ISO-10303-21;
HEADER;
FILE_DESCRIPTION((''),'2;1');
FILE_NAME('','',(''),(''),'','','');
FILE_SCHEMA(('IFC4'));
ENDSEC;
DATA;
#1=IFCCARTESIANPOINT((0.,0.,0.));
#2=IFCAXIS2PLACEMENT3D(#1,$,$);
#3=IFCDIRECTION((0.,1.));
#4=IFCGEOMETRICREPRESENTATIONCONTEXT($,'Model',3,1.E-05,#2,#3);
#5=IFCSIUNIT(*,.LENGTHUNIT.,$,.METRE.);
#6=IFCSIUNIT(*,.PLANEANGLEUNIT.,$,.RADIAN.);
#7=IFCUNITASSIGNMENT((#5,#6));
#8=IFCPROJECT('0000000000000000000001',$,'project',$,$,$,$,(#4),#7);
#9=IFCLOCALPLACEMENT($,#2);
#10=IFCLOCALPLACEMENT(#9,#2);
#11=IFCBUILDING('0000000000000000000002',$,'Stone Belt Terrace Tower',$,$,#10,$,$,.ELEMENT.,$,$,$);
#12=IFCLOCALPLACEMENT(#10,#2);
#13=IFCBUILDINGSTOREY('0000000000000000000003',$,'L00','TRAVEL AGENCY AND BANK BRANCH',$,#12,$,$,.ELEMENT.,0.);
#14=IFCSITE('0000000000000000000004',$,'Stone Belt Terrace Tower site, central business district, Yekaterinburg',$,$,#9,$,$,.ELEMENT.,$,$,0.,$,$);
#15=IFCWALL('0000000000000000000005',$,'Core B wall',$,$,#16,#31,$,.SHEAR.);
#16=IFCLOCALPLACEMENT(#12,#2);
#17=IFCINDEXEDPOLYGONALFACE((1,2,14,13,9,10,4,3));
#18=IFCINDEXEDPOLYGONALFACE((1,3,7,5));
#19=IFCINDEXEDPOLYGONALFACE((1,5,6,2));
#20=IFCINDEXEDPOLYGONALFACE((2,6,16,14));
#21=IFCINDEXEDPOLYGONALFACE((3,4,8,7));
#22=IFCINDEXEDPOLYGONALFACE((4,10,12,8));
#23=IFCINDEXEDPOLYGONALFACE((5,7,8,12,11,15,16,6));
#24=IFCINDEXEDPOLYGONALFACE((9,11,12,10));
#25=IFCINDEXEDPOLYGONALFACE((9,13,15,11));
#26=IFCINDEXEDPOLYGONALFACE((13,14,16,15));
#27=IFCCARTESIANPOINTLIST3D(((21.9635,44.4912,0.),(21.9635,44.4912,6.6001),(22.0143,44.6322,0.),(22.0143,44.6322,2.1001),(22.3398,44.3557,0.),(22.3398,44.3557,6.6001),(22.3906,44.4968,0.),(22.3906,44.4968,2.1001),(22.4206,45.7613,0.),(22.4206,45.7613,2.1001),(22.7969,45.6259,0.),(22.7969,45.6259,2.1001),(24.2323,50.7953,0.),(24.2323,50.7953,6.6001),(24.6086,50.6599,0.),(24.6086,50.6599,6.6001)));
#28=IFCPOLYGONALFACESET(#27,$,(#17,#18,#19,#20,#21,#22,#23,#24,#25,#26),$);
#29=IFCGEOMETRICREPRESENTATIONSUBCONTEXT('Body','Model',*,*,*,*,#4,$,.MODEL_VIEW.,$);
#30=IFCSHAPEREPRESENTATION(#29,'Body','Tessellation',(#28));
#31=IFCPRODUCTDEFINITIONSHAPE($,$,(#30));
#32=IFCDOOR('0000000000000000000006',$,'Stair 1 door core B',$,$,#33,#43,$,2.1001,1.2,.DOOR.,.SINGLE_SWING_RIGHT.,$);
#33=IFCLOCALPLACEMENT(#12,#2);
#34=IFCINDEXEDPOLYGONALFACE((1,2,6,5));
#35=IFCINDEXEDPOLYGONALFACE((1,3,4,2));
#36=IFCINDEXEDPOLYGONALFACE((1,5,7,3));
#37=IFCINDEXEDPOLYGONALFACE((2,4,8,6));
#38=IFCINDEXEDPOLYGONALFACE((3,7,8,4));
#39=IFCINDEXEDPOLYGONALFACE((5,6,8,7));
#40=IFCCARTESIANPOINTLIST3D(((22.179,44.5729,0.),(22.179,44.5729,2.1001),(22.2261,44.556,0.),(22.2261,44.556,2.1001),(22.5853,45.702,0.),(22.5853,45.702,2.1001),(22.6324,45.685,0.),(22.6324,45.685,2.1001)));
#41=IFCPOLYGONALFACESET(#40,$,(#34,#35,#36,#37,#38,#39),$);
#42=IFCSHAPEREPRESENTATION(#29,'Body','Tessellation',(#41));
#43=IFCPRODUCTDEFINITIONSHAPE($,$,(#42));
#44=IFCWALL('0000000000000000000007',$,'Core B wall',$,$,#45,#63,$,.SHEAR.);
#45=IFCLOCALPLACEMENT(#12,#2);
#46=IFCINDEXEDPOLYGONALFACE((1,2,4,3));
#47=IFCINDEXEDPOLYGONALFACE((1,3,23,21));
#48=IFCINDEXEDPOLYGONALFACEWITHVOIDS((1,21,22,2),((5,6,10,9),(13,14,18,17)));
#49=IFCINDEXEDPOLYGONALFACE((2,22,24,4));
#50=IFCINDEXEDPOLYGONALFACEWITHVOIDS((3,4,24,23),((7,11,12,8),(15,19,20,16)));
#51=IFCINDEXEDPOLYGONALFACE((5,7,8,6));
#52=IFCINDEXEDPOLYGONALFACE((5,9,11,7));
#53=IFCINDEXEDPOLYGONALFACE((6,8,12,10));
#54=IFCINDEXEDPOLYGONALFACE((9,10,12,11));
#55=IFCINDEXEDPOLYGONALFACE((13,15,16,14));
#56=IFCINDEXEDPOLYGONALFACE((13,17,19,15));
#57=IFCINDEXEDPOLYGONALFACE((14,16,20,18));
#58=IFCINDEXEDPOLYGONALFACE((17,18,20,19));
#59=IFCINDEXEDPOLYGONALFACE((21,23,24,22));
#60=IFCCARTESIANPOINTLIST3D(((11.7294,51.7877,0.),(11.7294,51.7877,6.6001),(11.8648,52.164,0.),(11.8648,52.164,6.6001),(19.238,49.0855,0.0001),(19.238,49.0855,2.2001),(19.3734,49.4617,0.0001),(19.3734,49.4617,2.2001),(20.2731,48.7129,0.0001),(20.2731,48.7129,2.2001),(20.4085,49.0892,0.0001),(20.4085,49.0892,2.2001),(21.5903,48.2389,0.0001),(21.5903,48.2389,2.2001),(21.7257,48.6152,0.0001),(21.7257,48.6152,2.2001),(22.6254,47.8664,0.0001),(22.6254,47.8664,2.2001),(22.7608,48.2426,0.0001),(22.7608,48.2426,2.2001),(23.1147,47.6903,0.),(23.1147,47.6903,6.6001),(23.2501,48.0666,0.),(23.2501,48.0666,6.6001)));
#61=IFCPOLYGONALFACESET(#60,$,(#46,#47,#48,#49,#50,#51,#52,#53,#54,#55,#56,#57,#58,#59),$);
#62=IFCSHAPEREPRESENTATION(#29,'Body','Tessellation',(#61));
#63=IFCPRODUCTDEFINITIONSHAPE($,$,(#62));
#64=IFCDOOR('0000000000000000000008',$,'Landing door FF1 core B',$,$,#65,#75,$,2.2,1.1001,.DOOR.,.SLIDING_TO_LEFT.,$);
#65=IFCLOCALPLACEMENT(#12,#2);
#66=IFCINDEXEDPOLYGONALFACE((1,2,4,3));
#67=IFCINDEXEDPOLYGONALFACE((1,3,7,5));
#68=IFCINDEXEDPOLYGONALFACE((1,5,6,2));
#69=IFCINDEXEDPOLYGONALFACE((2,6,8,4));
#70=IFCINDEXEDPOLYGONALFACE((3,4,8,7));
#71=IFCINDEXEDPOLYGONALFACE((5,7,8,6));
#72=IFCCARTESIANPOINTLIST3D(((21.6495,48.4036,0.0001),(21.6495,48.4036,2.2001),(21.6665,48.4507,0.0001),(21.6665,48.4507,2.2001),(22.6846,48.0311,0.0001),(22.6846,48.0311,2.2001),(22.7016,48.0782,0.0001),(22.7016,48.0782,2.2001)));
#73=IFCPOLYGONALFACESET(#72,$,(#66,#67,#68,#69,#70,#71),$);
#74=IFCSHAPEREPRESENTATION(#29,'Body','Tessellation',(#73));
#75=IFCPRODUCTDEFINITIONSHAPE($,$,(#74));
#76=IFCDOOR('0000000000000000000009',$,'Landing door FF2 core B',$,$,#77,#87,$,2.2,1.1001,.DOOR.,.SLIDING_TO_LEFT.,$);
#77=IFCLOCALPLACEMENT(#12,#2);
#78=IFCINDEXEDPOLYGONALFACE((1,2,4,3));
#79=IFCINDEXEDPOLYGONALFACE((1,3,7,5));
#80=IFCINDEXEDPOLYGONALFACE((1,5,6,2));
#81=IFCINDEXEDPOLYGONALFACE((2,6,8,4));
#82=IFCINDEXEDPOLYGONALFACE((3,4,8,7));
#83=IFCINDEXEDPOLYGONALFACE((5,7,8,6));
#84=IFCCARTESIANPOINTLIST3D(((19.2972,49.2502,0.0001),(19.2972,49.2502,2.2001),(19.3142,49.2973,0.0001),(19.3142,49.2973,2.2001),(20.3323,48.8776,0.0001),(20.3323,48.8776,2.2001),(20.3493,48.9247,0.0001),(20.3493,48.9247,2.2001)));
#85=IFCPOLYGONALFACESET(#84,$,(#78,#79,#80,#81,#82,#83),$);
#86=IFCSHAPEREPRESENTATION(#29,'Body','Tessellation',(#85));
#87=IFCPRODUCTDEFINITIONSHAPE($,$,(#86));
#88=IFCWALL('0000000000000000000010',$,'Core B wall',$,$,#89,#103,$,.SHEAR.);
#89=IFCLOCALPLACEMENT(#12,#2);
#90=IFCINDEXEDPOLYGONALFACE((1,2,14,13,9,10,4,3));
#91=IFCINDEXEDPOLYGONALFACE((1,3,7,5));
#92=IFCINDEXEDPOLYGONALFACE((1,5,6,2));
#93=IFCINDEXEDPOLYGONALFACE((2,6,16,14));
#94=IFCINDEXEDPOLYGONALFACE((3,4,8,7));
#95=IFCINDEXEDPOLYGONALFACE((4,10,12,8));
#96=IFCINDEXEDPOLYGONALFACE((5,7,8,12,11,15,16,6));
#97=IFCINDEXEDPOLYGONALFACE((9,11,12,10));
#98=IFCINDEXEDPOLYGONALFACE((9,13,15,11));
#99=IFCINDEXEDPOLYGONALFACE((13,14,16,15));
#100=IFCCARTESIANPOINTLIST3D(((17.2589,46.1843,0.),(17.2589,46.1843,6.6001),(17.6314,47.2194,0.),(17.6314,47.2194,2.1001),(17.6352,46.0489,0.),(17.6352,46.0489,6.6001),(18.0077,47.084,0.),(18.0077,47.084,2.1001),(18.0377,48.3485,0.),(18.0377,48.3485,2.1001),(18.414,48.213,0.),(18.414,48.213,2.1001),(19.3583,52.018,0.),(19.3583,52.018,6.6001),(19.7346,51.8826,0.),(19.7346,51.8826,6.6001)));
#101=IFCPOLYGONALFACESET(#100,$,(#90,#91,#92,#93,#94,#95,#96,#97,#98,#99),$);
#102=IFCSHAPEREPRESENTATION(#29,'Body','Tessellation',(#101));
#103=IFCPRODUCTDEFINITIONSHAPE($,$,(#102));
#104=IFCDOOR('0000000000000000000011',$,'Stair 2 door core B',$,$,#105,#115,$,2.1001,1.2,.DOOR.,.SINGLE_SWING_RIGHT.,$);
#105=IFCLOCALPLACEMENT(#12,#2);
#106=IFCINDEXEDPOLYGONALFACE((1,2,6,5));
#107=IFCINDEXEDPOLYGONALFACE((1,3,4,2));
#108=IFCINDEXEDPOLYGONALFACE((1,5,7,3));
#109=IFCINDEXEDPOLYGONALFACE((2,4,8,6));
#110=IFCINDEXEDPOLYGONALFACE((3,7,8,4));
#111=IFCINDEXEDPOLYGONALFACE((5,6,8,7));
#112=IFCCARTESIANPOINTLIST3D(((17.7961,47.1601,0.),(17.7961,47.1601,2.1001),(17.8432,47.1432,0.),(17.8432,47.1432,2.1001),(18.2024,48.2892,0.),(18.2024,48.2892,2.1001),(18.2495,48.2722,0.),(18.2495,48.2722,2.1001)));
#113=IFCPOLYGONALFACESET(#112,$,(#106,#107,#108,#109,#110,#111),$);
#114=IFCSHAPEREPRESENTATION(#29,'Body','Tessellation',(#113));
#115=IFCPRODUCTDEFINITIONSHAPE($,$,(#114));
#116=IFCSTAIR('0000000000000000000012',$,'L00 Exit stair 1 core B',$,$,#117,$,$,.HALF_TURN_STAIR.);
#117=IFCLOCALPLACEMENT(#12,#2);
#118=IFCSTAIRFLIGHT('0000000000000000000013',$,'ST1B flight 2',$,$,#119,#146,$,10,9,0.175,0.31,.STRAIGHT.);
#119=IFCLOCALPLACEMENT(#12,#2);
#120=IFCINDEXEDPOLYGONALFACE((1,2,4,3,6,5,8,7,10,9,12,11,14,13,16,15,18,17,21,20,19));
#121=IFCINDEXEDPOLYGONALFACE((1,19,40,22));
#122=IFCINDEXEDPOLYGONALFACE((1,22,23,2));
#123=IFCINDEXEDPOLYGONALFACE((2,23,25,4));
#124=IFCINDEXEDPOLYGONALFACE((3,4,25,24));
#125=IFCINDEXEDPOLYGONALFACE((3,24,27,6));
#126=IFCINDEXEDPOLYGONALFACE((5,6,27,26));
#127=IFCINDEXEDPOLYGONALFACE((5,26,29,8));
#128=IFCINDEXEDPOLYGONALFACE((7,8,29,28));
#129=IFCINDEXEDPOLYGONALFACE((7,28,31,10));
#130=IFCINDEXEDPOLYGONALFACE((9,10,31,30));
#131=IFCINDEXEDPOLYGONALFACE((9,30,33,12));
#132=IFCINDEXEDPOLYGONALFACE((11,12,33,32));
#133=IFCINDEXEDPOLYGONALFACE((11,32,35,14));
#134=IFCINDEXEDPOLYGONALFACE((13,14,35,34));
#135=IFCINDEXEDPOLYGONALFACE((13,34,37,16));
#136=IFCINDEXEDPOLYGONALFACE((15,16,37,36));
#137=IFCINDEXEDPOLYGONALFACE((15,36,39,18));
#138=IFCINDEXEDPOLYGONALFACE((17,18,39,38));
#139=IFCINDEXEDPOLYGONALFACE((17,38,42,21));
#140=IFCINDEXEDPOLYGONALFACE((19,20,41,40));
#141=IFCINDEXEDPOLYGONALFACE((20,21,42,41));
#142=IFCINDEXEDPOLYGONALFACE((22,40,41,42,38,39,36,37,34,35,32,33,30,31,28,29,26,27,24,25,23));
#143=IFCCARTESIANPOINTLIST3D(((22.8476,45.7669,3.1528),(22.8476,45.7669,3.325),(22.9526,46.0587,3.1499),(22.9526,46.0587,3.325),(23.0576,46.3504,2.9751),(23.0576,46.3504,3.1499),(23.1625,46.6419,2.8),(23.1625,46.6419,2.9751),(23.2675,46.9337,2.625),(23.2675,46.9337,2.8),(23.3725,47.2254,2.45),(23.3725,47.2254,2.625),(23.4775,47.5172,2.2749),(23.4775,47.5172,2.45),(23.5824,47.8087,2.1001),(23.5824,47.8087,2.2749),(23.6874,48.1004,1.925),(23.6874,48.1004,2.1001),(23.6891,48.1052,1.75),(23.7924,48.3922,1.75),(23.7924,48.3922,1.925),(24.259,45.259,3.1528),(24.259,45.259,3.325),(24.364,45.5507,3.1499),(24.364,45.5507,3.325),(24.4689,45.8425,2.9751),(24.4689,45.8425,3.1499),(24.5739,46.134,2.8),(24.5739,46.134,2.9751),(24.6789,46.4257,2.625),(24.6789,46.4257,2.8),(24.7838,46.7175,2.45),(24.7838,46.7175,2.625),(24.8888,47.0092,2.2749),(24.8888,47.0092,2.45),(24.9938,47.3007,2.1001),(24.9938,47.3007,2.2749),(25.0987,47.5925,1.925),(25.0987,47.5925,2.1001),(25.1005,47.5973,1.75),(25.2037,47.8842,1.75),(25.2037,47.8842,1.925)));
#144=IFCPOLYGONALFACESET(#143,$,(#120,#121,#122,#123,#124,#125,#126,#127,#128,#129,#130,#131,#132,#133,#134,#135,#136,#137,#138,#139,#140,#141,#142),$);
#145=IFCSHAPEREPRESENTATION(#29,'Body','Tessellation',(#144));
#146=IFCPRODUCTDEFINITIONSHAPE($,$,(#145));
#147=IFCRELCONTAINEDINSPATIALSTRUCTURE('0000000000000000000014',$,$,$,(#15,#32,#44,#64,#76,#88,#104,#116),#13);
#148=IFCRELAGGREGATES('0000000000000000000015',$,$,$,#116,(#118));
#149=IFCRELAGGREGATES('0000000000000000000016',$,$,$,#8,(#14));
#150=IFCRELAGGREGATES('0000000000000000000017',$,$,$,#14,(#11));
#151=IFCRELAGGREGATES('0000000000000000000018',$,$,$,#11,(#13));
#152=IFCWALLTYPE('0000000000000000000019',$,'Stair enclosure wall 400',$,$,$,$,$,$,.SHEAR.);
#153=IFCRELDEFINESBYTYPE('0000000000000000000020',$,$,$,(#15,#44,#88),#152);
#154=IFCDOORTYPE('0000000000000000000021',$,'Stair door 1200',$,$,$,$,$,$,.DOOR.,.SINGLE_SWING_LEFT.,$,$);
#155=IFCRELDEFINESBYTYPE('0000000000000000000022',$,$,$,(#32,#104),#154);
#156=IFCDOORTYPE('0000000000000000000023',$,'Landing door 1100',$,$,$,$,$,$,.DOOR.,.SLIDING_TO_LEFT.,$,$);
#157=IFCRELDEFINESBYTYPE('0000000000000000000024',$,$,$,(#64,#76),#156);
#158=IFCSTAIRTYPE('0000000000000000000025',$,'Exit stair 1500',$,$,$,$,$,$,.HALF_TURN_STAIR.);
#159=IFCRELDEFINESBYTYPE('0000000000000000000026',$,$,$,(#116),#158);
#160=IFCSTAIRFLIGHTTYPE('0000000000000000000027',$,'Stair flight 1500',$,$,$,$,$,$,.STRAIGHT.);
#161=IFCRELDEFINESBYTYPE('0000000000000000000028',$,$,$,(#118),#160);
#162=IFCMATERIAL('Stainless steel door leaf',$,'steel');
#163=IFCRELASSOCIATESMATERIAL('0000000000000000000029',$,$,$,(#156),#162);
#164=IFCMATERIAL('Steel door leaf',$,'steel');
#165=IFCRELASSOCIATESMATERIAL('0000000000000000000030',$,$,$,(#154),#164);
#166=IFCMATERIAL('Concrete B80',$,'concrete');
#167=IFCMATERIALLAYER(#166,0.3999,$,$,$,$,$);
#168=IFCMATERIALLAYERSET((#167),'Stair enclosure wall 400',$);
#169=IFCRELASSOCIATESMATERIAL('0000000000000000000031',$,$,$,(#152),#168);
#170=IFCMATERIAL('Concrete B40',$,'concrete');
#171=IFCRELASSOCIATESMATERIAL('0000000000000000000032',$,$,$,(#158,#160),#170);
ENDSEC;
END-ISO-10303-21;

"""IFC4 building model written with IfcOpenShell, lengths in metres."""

from ifc_helpers import new_model, si_unit, direction, frame, frame_2d, origin, place, context, subcontext, project, spatial, polyline, rectangle, outline, extrude, material, layer, layer_set, type_object, element, fill, aggregate, save


model = new_model("IFC4")

# Units and contexts
model_context = context("Model", 3, precision=1e-05, world=origin(), true_north=direction((0.0, 1.0)))
body_context = subcontext(model_context, "Body", "Model", "MODEL_VIEW")
ifc_project = project(units=[si_unit("LENGTHUNIT", "METRE"), si_unit("PLANEANGLEUNIT", "RADIAN")], contexts=[model_context])

# Site, building, storey
site_placement = place(None, origin())
site = spatial("IfcSite", under=ifc_project, at=site_placement, Name="Stone Belt Terrace Tower site, central business district, Yekaterinburg", CompositionType="ELEMENT", RefElevation=0.0)
building_placement = place(site_placement, origin())
building = spatial("IfcBuilding", under=site, at=building_placement, Name="Stone Belt Terrace Tower", CompositionType="ELEMENT")
storey_placement = place(building_placement, origin())
storey = spatial("IfcBuildingStorey", under=building, at=storey_placement, Name="L00", Description="TRAVEL AGENCY AND BANK BRANCH", CompositionType="ELEMENT", Elevation=0.0)

# Shared definitions
ifc_material_1 = material(Name="Concrete B80", Category="concrete")

# Shared definitions
ifc_material_2 = material(Name="Stainless steel door leaf", Category="steel")
door_type_1 = type_object("IfcDoorType", Name="Landing door 1100", OperationType="SLIDING_TO_LEFT", PredefinedType="DOOR", material=ifc_material_2)

# Wall, opening, door
ifc_material_3 = material(Name="Steel door leaf", Category="steel")
door_type_2 = type_object("IfcDoorType", Name="Stair door 1200", OperationType="SINGLE_SWING_LEFT", PredefinedType="DOOR", material=ifc_material_3)
ifc_layer_1 = layer(ifc_material_1, 0.3999)
ifc_layer_set_1 = layer_set([ifc_layer_1], Name="Stair enclosure wall 400")
wall_type_1 = type_object("IfcWallType", Name="Stair enclosure wall 400", PredefinedType="SHEAR", material=ifc_layer_set_1)
wall_1_placement = place(storey_placement, frame((22.1516, 44.4233, 0.0), z_axis=(0.0, 0.0, 1.0), x_axis=(0.338625, 0.940921, 0.0)))
wall_1 = element("IfcWall", 1, at=wall_1_placement, inside=storey, type_object=wall_type_1, Name="Core B wall", PredefinedType="SHEAR", context=body_context, shape_type="SweptSolid", body=[
    extrude(rectangle(XDim=6.7, YDim=0.3999, at=frame_2d((3.3501, 0.0))), origin(), (0.0, 0.0, 1.0), 6.6001),
])
opening_1_placement = place(wall_1_placement, frame((0.1499, 0.0, 0.0)))
opening_1 = element("IfcOpeningElement", 2, at=opening_1_placement, cuts=wall_1, PredefinedType="OPENING", context=body_context, shape_type="SweptSolid", body=[
    extrude(rectangle(XDim=1.2, YDim=2.1001, at=frame_2d((0.6001, 1.05))), frame((0.0, 0.21, 0.0), z_axis=(0.0, -1.0, 0.0), x_axis=(1.0, 0.0, 0.0)), (0.0, 0.0, 1.0), 0.4199),
])
door_1_placement = place(opening_1_placement, origin())
door_1 = element("IfcDoor", 3, at=door_1_placement, inside=storey, type_object=door_type_2, Name="Stair 1 door core B", OperationType="SINGLE_SWING_RIGHT", OverallHeight=2.1001, OverallWidth=1.2, PredefinedType="DOOR", context=body_context, shape_type="SweptSolid", body=[
    extrude(rectangle(XDim=1.2, YDim=2.1001, at=frame_2d((0.6001, 1.05))), frame((0.0, 0.0249, 0.0), z_axis=(0.0, -1.0, 0.0), x_axis=(1.0, 0.0, 0.0)), (0.0, 0.0, 1.0), 0.05),
])
fill(opening_1, door_1)

# Wall, openings, doors
wall_2_placement = place(storey_placement, frame((23.1824, 47.8784, 0.0), z_axis=(0.0, 0.0, 1.0), x_axis=(-0.940921, 0.338626, 0.0)))
wall_2 = element("IfcWall", 4, at=wall_2_placement, inside=storey, type_object=wall_type_1, Name="Core B wall", PredefinedType="SHEAR", context=body_context, shape_type="SweptSolid", body=[
    extrude(rectangle(XDim=12.1001, YDim=0.3999, at=frame_2d((6.05, 0.0))), origin(), (0.0, 0.0, 1.0), 6.6001),
])
opening_2_placement = place(wall_2_placement, frame((0.52, 0.0, 0.0)))
opening_2 = element("IfcOpeningElement", 5, at=opening_2_placement, cuts=wall_2, PredefinedType="OPENING", context=body_context, shape_type="SweptSolid", body=[
    extrude(rectangle(XDim=1.1001, YDim=2.2, at=frame_2d((0.55, 1.1001))), frame((0.0, 0.21, 0.0), z_axis=(0.0, -1.0, 0.0), x_axis=(1.0, 0.0, 0.0)), (0.0, 0.0, 1.0), 0.4199),
])
opening_3_placement = place(wall_2_placement, frame((3.02, 0.0, 0.0)))
opening_3 = element("IfcOpeningElement", 6, at=opening_3_placement, cuts=wall_2, PredefinedType="OPENING", context=body_context, shape_type="SweptSolid", body=[
    extrude(rectangle(XDim=1.1001, YDim=2.2, at=frame_2d((0.55, 1.1001))), frame((0.0, 0.21, 0.0), z_axis=(0.0, -1.0, 0.0), x_axis=(1.0, 0.0, 0.0)), (0.0, 0.0, 1.0), 0.4199),
])
door_2_placement = place(opening_2_placement, origin())
door_2 = element("IfcDoor", 7, at=door_2_placement, inside=storey, type_object=door_type_1, Name="Landing door FF1 core B", OperationType="SLIDING_TO_LEFT", OverallHeight=2.2, OverallWidth=1.1001, PredefinedType="DOOR", context=body_context, shape_type="SweptSolid", body=[
    extrude(rectangle(XDim=1.1001, YDim=2.2, at=frame_2d((0.55, 1.1001))), frame((0.0, 0.0249, 0.0), z_axis=(0.0, -1.0, 0.0), x_axis=(1.0, 0.0, 0.0)), (0.0, 0.0, 1.0), 0.05),
])
fill(opening_2, door_2)
door_3_placement = place(opening_3_placement, origin())
door_3 = element("IfcDoor", 8, at=door_3_placement, inside=storey, type_object=door_type_1, Name="Landing door FF2 core B", OperationType="SLIDING_TO_LEFT", OverallHeight=2.2, OverallWidth=1.1001, PredefinedType="DOOR", context=body_context, shape_type="SweptSolid", body=[
    extrude(rectangle(XDim=1.1001, YDim=2.2, at=frame_2d((0.55, 1.1001))), frame((0.0, 0.0249, 0.0), z_axis=(0.0, -1.0, 0.0), x_axis=(1.0, 0.0, 0.0)), (0.0, 0.0, 1.0), 0.05),
])
fill(opening_3, door_3)

# Wall, opening, door
wall_3_placement = place(storey_placement, frame((17.447, 46.1165, 0.0), z_axis=(0.0, 0.0, 1.0), x_axis=(0.338608, 0.940928, 0.0)))
wall_3 = element("IfcWall", 9, at=wall_3_placement, inside=storey, type_object=wall_type_1, Name="Core B wall", PredefinedType="SHEAR", context=body_context, shape_type="SweptSolid", body=[
    extrude(rectangle(XDim=6.2, YDim=0.3999, at=frame_2d((3.1001, 0.0))), origin(), (0.0, 0.0, 1.0), 6.6001),
])
opening_4_placement = place(wall_3_placement, frame((1.1001, 0.0, 0.0)))
opening_4 = element("IfcOpeningElement", 10, at=opening_4_placement, cuts=wall_3, PredefinedType="OPENING", context=body_context, shape_type="SweptSolid", body=[
    extrude(rectangle(XDim=1.2, YDim=2.1001, at=frame_2d((0.6001, 1.05))), frame((0.0, 0.21, 0.0), z_axis=(0.0, -1.0, 0.0), x_axis=(1.0, 0.0, 0.0)), (0.0, 0.0, 1.0), 0.4199),
])
door_4_placement = place(opening_4_placement, origin())
door_4 = element("IfcDoor", 11, at=door_4_placement, inside=storey, type_object=door_type_2, Name="Stair 2 door core B", OperationType="SINGLE_SWING_RIGHT", OverallHeight=2.1001, OverallWidth=1.2, PredefinedType="DOOR", context=body_context, shape_type="SweptSolid", body=[
    extrude(rectangle(XDim=1.2, YDim=2.1001, at=frame_2d((0.6001, 1.05))), frame((0.0, 0.0249, 0.0), z_axis=(0.0, -1.0, 0.0), x_axis=(1.0, 0.0, 0.0)), (0.0, 0.0, 1.0), 0.05),
])
fill(opening_4, door_4)

# Stair, stair flight
ifc_material_4 = material(Name="Concrete B40", Category="concrete")
stair_type = type_object("IfcStairType", Name="Exit stair 1500", PredefinedType="HALF_TURN_STAIR", material=ifc_material_4)
stair_1_placement = place(storey_placement, origin())
stair_1 = element("IfcStair", 12, at=stair_1_placement, inside=storey, type_object=stair_type, Name="L00 Exit stair 1 core B", PredefinedType="HALF_TURN_STAIR")
stair_flight_type = type_object("IfcStairFlightType", Name="Stair flight 1500", PredefinedType="STRAIGHT", material=ifc_material_4)
stair_flight_1_placement = place(storey_placement, frame((24.498, 48.1382, 1.75), z_axis=(0.0, 0.0, 1.0), x_axis=(-0.338624, -0.940922, 0.0)))
stair_flight_1 = element("IfcStairFlight", 13, at=stair_flight_1_placement, type_object=stair_flight_type, Name="ST1B flight 2", NumberOfRisers=10, NumberOfTreads=9, PredefinedType="STRAIGHT", RiserHeight=0.175, TreadLength=0.31, context=body_context, shape_type="SweptSolid", body=[
    extrude(outline(polyline([(0.0, 0.0), (0.0, 0.175), (0.3101, 0.175), (0.3101, 0.3501), (0.6201, 0.3501), (0.6201, 0.5249), (0.9299, 0.5249), (0.9299, 0.7), (1.24, 0.7), (1.24, 0.875), (1.55, 0.875), (1.55, 1.05), (1.8601, 1.05), (1.8601, 1.2251), (2.1699, 1.2251), (2.1699, 1.3999), (2.48, 1.3999), (2.48, 1.575), (2.79, 1.575), (2.79, 1.75), (2.79, 1.4028), (0.3049, 0.0), (0.0, 0.0)])), frame((0.0, 0.75, 0.0), z_axis=(0.0, -1.0, 0.0), x_axis=(1.0, 0.0, 0.0)), (0.0, 0.0, 1.0), 1.5),
])
aggregate(stair_1, [stair_flight_1])

save(model, "model.ifc")
